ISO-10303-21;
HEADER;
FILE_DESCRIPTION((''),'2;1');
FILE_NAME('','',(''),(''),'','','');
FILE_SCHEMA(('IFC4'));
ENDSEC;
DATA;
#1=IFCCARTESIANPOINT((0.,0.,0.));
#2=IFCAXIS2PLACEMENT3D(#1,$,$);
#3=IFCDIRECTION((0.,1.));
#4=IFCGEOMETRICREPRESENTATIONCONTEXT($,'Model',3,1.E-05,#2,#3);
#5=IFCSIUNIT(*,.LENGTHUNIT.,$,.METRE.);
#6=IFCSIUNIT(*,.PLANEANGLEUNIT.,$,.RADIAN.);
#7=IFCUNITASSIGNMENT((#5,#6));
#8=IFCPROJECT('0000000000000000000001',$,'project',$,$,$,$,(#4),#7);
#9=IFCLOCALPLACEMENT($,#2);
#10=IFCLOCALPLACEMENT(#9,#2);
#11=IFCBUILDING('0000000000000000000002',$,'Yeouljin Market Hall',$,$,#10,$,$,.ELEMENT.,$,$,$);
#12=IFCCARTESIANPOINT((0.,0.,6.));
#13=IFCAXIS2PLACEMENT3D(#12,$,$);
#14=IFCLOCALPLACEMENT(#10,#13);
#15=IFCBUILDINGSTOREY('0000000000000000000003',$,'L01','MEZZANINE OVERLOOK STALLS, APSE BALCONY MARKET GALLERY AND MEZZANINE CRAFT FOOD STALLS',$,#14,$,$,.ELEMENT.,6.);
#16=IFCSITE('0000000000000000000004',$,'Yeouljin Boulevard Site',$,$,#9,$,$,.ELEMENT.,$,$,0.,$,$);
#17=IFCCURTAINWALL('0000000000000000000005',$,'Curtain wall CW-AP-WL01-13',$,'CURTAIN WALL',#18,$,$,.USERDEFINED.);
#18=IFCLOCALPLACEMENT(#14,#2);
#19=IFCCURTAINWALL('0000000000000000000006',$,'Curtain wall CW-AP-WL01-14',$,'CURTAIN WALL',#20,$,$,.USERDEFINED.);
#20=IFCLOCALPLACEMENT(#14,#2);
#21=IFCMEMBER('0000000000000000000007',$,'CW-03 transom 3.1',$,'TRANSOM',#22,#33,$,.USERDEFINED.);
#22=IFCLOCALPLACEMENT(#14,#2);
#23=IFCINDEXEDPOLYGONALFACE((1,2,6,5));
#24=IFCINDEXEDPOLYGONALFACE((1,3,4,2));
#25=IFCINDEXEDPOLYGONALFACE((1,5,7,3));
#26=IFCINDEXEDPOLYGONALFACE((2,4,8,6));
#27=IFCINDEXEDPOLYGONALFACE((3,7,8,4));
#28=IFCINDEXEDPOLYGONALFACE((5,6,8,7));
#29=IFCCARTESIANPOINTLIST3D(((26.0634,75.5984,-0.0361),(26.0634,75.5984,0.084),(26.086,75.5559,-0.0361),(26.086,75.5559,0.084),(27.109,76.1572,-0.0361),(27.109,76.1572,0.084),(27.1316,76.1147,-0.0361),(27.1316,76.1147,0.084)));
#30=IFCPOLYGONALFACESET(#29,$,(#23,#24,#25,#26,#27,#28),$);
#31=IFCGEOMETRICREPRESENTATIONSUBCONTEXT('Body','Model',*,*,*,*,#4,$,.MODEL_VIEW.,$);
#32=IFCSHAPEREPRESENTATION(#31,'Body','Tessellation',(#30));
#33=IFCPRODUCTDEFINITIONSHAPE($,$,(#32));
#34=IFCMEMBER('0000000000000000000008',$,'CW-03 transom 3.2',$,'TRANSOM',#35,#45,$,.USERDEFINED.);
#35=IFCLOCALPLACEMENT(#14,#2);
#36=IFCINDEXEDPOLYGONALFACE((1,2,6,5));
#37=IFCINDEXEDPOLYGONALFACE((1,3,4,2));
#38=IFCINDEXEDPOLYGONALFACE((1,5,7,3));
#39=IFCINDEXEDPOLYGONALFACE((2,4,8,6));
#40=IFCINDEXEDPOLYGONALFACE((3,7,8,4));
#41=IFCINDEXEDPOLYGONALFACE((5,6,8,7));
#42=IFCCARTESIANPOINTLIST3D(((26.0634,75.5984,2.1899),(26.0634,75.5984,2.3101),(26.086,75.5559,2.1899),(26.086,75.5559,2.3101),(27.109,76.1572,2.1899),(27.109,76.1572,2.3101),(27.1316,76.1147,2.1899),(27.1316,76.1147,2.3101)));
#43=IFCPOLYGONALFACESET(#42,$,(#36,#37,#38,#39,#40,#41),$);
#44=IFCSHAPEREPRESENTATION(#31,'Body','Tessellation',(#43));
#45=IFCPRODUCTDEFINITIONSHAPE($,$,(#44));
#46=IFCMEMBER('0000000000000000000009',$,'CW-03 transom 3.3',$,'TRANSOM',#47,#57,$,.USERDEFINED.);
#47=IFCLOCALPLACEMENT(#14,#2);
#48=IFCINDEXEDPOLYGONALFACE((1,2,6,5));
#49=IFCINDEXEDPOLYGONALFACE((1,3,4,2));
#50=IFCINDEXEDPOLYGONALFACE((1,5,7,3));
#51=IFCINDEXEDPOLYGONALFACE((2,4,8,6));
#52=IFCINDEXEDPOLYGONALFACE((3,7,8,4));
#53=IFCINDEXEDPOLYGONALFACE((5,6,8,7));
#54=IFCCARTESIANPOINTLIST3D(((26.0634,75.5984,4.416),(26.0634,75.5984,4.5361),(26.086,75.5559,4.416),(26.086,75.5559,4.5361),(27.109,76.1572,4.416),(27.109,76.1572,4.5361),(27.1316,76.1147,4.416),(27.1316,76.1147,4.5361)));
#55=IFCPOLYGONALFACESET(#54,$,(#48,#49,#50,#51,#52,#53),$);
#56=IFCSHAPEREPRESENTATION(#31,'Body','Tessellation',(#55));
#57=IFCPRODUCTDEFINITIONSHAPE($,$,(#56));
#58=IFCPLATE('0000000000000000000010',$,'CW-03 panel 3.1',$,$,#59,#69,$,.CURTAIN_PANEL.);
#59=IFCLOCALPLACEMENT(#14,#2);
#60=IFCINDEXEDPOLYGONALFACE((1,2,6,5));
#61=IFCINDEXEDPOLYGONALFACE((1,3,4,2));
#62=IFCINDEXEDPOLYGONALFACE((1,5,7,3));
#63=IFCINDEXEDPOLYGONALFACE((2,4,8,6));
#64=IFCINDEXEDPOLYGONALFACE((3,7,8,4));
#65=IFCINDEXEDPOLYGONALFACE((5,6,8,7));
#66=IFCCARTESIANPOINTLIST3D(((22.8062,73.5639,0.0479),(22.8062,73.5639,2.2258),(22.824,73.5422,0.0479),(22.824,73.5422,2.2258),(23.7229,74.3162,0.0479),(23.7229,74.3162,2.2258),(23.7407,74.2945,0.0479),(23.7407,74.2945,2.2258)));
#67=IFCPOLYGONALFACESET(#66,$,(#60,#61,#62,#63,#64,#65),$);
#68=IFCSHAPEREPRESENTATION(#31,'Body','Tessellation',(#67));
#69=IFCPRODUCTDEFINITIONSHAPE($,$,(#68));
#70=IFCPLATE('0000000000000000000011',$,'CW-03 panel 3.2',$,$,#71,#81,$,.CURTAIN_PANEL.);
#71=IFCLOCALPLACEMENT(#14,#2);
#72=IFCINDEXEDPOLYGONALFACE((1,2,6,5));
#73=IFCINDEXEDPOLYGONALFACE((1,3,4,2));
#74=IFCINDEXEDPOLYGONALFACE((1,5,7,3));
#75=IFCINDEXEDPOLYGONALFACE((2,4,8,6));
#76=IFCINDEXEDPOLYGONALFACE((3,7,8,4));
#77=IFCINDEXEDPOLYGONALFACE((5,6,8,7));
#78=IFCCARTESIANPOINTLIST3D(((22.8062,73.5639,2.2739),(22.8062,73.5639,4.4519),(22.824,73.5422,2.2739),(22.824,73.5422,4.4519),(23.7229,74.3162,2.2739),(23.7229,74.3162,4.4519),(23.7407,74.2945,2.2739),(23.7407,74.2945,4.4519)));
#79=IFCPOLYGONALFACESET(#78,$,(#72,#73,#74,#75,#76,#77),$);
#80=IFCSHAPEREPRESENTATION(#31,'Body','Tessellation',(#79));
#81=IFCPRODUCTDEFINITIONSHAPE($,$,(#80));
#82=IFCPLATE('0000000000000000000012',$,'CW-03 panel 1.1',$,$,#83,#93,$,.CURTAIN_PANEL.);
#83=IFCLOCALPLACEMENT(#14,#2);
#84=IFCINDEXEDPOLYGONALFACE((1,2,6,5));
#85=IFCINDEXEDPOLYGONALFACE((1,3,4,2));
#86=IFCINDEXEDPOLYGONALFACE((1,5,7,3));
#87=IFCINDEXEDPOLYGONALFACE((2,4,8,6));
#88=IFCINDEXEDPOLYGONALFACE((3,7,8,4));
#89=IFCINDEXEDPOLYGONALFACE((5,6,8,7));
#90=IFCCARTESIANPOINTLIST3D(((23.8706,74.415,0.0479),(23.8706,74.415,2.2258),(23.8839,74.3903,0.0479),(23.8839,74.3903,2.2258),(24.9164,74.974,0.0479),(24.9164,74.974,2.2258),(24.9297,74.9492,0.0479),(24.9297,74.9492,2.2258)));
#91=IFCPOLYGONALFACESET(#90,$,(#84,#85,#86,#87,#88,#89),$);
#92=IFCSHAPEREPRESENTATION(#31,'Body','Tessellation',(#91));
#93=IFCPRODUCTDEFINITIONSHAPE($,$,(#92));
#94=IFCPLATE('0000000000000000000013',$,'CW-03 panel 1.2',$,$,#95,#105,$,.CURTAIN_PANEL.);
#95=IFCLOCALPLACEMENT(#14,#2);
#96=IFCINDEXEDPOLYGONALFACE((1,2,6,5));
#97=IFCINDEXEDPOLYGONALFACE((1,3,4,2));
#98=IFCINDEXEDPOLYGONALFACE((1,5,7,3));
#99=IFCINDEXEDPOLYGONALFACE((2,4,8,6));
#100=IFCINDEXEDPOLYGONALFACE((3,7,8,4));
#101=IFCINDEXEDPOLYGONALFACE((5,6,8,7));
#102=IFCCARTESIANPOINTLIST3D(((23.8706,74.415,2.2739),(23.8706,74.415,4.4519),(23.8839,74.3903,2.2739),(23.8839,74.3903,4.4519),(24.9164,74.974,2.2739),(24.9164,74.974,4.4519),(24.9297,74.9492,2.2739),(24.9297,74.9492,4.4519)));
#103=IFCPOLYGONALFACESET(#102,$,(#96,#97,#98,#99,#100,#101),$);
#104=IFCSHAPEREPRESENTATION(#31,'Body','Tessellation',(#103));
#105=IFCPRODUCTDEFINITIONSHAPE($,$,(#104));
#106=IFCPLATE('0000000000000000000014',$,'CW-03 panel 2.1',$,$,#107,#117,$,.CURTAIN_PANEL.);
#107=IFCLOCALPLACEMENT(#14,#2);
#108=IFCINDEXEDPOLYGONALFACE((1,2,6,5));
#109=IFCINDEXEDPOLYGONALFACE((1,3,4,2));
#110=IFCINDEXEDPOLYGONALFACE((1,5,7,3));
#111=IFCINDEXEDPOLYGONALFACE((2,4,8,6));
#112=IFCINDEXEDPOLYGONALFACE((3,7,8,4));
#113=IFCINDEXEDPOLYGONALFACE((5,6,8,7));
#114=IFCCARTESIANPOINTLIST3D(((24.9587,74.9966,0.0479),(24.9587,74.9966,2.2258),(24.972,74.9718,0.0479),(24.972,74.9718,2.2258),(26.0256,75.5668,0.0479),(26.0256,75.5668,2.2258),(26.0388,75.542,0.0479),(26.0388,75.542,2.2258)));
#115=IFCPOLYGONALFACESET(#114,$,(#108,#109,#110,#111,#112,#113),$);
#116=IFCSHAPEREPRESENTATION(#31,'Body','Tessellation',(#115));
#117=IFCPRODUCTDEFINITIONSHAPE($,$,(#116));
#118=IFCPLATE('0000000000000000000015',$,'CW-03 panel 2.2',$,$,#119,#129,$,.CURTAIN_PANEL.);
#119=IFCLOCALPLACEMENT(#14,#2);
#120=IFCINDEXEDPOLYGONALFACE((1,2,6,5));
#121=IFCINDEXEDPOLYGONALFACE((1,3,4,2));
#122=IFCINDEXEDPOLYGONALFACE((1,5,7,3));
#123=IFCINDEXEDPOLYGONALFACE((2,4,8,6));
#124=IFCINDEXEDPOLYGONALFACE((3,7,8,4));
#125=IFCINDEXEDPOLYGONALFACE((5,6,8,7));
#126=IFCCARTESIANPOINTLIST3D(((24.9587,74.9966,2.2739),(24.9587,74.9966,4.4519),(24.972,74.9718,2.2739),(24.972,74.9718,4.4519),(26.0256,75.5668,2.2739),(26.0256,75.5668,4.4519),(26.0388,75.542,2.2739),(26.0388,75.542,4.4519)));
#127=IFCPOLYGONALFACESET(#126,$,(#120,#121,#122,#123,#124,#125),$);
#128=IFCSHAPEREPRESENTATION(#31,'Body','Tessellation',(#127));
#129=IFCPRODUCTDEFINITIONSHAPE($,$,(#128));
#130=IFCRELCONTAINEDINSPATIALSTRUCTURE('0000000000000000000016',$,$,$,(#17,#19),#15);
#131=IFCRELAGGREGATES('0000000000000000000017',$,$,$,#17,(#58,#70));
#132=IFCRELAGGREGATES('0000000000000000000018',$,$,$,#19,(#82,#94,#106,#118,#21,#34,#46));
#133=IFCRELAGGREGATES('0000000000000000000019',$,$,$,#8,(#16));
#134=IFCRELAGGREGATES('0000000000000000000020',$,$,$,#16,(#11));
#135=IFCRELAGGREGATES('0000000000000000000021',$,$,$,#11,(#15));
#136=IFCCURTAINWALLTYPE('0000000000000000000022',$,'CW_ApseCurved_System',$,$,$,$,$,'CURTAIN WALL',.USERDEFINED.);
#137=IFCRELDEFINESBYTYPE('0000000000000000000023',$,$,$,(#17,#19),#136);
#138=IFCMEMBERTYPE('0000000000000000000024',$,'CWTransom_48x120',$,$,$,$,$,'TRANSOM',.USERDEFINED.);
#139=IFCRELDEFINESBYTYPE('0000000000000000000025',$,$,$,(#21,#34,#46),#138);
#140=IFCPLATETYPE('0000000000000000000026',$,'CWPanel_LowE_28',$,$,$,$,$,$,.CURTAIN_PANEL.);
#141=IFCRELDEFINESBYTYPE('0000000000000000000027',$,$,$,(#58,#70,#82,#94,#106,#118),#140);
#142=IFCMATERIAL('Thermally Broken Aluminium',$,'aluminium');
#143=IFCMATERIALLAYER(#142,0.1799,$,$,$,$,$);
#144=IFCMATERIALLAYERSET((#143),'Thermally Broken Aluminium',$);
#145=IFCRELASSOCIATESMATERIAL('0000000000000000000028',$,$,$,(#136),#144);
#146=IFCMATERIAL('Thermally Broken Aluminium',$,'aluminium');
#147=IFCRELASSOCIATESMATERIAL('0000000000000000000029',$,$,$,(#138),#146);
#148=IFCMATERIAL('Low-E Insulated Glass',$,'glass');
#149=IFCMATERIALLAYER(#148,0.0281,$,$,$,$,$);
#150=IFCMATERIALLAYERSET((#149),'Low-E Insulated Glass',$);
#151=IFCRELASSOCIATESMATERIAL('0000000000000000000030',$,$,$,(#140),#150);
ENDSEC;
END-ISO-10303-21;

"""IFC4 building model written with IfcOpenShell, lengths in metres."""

from ifc_helpers import new_model, si_unit, direction, frame, origin, origin_2d, place, context, subcontext, project, spatial, rectangle, extrude, material, layer, layer_set, material_profile, profile_set, type_object, element, aggregate, save


model = new_model("IFC4")

# Units and contexts
model_context = context("Model", 3, precision=1e-05, world=origin(), true_north=direction((0.0, 1.0)))
body_context = subcontext(model_context, "Body", "Model", "MODEL_VIEW")
ifc_project = project(units=[si_unit("LENGTHUNIT", "METRE"), si_unit("PLANEANGLEUNIT", "RADIAN")], contexts=[model_context])

# Site, building, storey
site_placement = place(None, origin())
site = spatial("IfcSite", under=ifc_project, at=site_placement, Name="Yeouljin Boulevard Site", CompositionType="ELEMENT", RefElevation=0.0)
building_placement = place(site_placement, origin())
building = spatial("IfcBuilding", under=site, at=building_placement, Name="Yeouljin Market Hall", CompositionType="ELEMENT")
storey_placement = place(building_placement, frame((0.0, 0.0, 6.0)))
storey = spatial("IfcBuildingStorey", under=building, at=storey_placement, Name="L01", Description="MEZZANINE OVERLOOK STALLS, APSE BALCONY MARKET GALLERY AND MEZZANINE CRAFT FOOD STALLS", CompositionType="ELEMENT", Elevation=6.0)

# Curtain walls
ifc_material_1 = material(Name="Thermally Broken Aluminium", Category="aluminium")
ifc_layer_1 = layer(ifc_material_1, 0.1799)
ifc_layer_set_1 = layer_set([ifc_layer_1], Name="Thermally Broken Aluminium")
curtain_wall_type = type_object("IfcCurtainWallType", Name="CW_ApseCurved_System", ElementType="CURTAIN WALL", PredefinedType="USERDEFINED", material=ifc_layer_set_1)
curtain_wall_1_placement = place(storey_placement, origin())
curtain_wall_1 = element("IfcCurtainWall", 1, at=curtain_wall_1_placement, inside=storey, type_object=curtain_wall_type, Name="Curtain wall CW-AP-WL01-13", ObjectType="CURTAIN WALL", PredefinedType="USERDEFINED")
curtain_wall_2_placement = place(storey_placement, origin())
curtain_wall_2 = element("IfcCurtainWall", 2, at=curtain_wall_2_placement, inside=storey, type_object=curtain_wall_type, Name="Curtain wall CW-AP-WL01-14", ObjectType="CURTAIN WALL", PredefinedType="USERDEFINED")

# Members
ifc_material_2 = material(Name="Thermally Broken Aluminium", Category="aluminium")
ifc_material_profile_1 = material_profile(ifc_material_2, rectangle(XDim=0.0481, YDim=0.1201, at=origin_2d()), Name="CW-TRAN-48x120")
ifc_profile_set_1 = profile_set([ifc_material_profile_1], Name="Thermally Broken Aluminium")
member_type_1 = type_object("IfcMemberType", Name="CWTransom_48x120", ElementType="TRANSOM", PredefinedType="USERDEFINED", material=ifc_profile_set_1)
member_1_placement = place(storey_placement, frame((26.0747, 75.5771, 0.0239), z_axis=(0.881948, 0.471347, 0.0), x_axis=(-0.471347, 0.881948, 0.0)))
member_1 = element("IfcMember", 3, at=member_1_placement, type_object=member_type_1, Name="CW-03 transom 3.1", ObjectType="TRANSOM", PredefinedType="USERDEFINED", context=body_context, shape_type="SweptSolid", body=[
    extrude(rectangle(XDim=0.0481, YDim=0.1201, at=origin_2d()), origin(), (0.0, 0.0, 1.0), 1.1855),
])
member_2_placement = place(storey_placement, frame((26.0747, 75.5771, 2.25), z_axis=(0.881948, 0.471347, 0.0), x_axis=(-0.471347, 0.881948, 0.0)))
member_2 = element("IfcMember", 4, at=member_2_placement, type_object=member_type_1, Name="CW-03 transom 3.2", ObjectType="TRANSOM", PredefinedType="USERDEFINED", context=body_context, shape_type="SweptSolid", body=[
    extrude(rectangle(XDim=0.0481, YDim=0.1201, at=origin_2d()), origin(), (0.0, 0.0, 1.0), 1.1855),
])
member_3_placement = place(storey_placement, frame((26.0747, 75.5771, 4.4761), z_axis=(0.881948, 0.471347, 0.0), x_axis=(-0.471347, 0.881948, 0.0)))
member_3 = element("IfcMember", 5, at=member_3_placement, type_object=member_type_1, Name="CW-03 transom 3.3", ObjectType="TRANSOM", PredefinedType="USERDEFINED", context=body_context, shape_type="SweptSolid", body=[
    extrude(rectangle(XDim=0.0481, YDim=0.1201, at=origin_2d()), origin(), (0.0, 0.0, 1.0), 1.1855),
])

# Plates
ifc_material_3 = material(Name="Low-E Insulated Glass", Category="glass")
ifc_layer_2 = layer(ifc_material_3, 0.0281)
ifc_layer_set_2 = layer_set([ifc_layer_2], Name="Low-E Insulated Glass")
plate_type = type_object("IfcPlateType", Name="CWPanel_LowE_28", PredefinedType="CURTAIN_PANEL", material=ifc_layer_set_2)
plate_1_placement = place(storey_placement, frame((23.2734, 73.9292, 0.0479), z_axis=(0.0, 0.0, 1.0), x_axis=(0.773018, 0.634384, 0.0)))
plate_1 = element("IfcPlate", 6, at=plate_1_placement, type_object=plate_type, Name="CW-03 panel 3.1", PredefinedType="CURTAIN_PANEL", context=body_context, shape_type="SweptSolid", body=[
    extrude(rectangle(XDim=1.1858, YDim=0.0281, at=origin_2d()), origin(), (0.0, 0.0, 1.0), 2.178),
])
plate_2_placement = place(storey_placement, frame((23.2734, 73.9292, 2.2739), z_axis=(0.0, 0.0, 1.0), x_axis=(0.773018, 0.634384, 0.0)))
plate_2 = element("IfcPlate", 7, at=plate_2_placement, type_object=plate_type, Name="CW-03 panel 3.2", PredefinedType="CURTAIN_PANEL", context=body_context, shape_type="SweptSolid", body=[
    extrude(rectangle(XDim=1.1858, YDim=0.0281, at=origin_2d()), origin(), (0.0, 0.0, 1.0), 2.178),
])
aggregate(curtain_wall_1, [plate_1, plate_2])
plate_3_placement = place(storey_placement, frame((24.4001, 74.6821, 0.0479), z_axis=(0.0, 0.0, 1.0), x_axis=(0.881931, 0.471378, 0.0)))
plate_3 = element("IfcPlate", 8, at=plate_3_placement, type_object=plate_type, Name="CW-03 panel 1.1", PredefinedType="CURTAIN_PANEL", context=body_context, shape_type="SweptSolid", body=[
    extrude(rectangle(XDim=1.1858, YDim=0.0281, at=origin_2d()), origin(), (0.0, 0.0, 1.0), 2.178),
])
plate_4_placement = place(storey_placement, frame((24.4001, 74.6821, 2.2739), z_axis=(0.0, 0.0, 1.0), x_axis=(0.881931, 0.471378, 0.0)))
plate_4 = element("IfcPlate", 9, at=plate_4_placement, type_object=plate_type, Name="CW-03 panel 1.2", PredefinedType="CURTAIN_PANEL", context=body_context, shape_type="SweptSolid", body=[
    extrude(rectangle(XDim=1.1858, YDim=0.0281, at=origin_2d()), origin(), (0.0, 0.0, 1.0), 2.178),
])
plate_5_placement = place(storey_placement, frame((25.4988, 75.2693, 0.0479), z_axis=(0.0, 0.0, 1.0), x_axis=(0.881931, 0.471378, 0.0)))
plate_5 = element("IfcPlate", 10, at=plate_5_placement, type_object=plate_type, Name="CW-03 panel 2.1", PredefinedType="CURTAIN_PANEL", context=body_context, shape_type="SweptSolid", body=[
    extrude(rectangle(XDim=1.2097, YDim=0.0281, at=origin_2d()), origin(), (0.0, 0.0, 1.0), 2.178),
])
plate_6_placement = place(storey_placement, frame((25.4988, 75.2693, 2.2739), z_axis=(0.0, 0.0, 1.0), x_axis=(0.881931, 0.471378, 0.0)))
plate_6 = element("IfcPlate", 11, at=plate_6_placement, type_object=plate_type, Name="CW-03 panel 2.2", PredefinedType="CURTAIN_PANEL", context=body_context, shape_type="SweptSolid", body=[
    extrude(rectangle(XDim=1.2097, YDim=0.0281, at=origin_2d()), origin(), (0.0, 0.0, 1.0), 2.178),
])
aggregate(curtain_wall_2, [plate_3, plate_4, plate_5, plate_6, member_1, member_2, member_3])

save(model, "model.ifc")
